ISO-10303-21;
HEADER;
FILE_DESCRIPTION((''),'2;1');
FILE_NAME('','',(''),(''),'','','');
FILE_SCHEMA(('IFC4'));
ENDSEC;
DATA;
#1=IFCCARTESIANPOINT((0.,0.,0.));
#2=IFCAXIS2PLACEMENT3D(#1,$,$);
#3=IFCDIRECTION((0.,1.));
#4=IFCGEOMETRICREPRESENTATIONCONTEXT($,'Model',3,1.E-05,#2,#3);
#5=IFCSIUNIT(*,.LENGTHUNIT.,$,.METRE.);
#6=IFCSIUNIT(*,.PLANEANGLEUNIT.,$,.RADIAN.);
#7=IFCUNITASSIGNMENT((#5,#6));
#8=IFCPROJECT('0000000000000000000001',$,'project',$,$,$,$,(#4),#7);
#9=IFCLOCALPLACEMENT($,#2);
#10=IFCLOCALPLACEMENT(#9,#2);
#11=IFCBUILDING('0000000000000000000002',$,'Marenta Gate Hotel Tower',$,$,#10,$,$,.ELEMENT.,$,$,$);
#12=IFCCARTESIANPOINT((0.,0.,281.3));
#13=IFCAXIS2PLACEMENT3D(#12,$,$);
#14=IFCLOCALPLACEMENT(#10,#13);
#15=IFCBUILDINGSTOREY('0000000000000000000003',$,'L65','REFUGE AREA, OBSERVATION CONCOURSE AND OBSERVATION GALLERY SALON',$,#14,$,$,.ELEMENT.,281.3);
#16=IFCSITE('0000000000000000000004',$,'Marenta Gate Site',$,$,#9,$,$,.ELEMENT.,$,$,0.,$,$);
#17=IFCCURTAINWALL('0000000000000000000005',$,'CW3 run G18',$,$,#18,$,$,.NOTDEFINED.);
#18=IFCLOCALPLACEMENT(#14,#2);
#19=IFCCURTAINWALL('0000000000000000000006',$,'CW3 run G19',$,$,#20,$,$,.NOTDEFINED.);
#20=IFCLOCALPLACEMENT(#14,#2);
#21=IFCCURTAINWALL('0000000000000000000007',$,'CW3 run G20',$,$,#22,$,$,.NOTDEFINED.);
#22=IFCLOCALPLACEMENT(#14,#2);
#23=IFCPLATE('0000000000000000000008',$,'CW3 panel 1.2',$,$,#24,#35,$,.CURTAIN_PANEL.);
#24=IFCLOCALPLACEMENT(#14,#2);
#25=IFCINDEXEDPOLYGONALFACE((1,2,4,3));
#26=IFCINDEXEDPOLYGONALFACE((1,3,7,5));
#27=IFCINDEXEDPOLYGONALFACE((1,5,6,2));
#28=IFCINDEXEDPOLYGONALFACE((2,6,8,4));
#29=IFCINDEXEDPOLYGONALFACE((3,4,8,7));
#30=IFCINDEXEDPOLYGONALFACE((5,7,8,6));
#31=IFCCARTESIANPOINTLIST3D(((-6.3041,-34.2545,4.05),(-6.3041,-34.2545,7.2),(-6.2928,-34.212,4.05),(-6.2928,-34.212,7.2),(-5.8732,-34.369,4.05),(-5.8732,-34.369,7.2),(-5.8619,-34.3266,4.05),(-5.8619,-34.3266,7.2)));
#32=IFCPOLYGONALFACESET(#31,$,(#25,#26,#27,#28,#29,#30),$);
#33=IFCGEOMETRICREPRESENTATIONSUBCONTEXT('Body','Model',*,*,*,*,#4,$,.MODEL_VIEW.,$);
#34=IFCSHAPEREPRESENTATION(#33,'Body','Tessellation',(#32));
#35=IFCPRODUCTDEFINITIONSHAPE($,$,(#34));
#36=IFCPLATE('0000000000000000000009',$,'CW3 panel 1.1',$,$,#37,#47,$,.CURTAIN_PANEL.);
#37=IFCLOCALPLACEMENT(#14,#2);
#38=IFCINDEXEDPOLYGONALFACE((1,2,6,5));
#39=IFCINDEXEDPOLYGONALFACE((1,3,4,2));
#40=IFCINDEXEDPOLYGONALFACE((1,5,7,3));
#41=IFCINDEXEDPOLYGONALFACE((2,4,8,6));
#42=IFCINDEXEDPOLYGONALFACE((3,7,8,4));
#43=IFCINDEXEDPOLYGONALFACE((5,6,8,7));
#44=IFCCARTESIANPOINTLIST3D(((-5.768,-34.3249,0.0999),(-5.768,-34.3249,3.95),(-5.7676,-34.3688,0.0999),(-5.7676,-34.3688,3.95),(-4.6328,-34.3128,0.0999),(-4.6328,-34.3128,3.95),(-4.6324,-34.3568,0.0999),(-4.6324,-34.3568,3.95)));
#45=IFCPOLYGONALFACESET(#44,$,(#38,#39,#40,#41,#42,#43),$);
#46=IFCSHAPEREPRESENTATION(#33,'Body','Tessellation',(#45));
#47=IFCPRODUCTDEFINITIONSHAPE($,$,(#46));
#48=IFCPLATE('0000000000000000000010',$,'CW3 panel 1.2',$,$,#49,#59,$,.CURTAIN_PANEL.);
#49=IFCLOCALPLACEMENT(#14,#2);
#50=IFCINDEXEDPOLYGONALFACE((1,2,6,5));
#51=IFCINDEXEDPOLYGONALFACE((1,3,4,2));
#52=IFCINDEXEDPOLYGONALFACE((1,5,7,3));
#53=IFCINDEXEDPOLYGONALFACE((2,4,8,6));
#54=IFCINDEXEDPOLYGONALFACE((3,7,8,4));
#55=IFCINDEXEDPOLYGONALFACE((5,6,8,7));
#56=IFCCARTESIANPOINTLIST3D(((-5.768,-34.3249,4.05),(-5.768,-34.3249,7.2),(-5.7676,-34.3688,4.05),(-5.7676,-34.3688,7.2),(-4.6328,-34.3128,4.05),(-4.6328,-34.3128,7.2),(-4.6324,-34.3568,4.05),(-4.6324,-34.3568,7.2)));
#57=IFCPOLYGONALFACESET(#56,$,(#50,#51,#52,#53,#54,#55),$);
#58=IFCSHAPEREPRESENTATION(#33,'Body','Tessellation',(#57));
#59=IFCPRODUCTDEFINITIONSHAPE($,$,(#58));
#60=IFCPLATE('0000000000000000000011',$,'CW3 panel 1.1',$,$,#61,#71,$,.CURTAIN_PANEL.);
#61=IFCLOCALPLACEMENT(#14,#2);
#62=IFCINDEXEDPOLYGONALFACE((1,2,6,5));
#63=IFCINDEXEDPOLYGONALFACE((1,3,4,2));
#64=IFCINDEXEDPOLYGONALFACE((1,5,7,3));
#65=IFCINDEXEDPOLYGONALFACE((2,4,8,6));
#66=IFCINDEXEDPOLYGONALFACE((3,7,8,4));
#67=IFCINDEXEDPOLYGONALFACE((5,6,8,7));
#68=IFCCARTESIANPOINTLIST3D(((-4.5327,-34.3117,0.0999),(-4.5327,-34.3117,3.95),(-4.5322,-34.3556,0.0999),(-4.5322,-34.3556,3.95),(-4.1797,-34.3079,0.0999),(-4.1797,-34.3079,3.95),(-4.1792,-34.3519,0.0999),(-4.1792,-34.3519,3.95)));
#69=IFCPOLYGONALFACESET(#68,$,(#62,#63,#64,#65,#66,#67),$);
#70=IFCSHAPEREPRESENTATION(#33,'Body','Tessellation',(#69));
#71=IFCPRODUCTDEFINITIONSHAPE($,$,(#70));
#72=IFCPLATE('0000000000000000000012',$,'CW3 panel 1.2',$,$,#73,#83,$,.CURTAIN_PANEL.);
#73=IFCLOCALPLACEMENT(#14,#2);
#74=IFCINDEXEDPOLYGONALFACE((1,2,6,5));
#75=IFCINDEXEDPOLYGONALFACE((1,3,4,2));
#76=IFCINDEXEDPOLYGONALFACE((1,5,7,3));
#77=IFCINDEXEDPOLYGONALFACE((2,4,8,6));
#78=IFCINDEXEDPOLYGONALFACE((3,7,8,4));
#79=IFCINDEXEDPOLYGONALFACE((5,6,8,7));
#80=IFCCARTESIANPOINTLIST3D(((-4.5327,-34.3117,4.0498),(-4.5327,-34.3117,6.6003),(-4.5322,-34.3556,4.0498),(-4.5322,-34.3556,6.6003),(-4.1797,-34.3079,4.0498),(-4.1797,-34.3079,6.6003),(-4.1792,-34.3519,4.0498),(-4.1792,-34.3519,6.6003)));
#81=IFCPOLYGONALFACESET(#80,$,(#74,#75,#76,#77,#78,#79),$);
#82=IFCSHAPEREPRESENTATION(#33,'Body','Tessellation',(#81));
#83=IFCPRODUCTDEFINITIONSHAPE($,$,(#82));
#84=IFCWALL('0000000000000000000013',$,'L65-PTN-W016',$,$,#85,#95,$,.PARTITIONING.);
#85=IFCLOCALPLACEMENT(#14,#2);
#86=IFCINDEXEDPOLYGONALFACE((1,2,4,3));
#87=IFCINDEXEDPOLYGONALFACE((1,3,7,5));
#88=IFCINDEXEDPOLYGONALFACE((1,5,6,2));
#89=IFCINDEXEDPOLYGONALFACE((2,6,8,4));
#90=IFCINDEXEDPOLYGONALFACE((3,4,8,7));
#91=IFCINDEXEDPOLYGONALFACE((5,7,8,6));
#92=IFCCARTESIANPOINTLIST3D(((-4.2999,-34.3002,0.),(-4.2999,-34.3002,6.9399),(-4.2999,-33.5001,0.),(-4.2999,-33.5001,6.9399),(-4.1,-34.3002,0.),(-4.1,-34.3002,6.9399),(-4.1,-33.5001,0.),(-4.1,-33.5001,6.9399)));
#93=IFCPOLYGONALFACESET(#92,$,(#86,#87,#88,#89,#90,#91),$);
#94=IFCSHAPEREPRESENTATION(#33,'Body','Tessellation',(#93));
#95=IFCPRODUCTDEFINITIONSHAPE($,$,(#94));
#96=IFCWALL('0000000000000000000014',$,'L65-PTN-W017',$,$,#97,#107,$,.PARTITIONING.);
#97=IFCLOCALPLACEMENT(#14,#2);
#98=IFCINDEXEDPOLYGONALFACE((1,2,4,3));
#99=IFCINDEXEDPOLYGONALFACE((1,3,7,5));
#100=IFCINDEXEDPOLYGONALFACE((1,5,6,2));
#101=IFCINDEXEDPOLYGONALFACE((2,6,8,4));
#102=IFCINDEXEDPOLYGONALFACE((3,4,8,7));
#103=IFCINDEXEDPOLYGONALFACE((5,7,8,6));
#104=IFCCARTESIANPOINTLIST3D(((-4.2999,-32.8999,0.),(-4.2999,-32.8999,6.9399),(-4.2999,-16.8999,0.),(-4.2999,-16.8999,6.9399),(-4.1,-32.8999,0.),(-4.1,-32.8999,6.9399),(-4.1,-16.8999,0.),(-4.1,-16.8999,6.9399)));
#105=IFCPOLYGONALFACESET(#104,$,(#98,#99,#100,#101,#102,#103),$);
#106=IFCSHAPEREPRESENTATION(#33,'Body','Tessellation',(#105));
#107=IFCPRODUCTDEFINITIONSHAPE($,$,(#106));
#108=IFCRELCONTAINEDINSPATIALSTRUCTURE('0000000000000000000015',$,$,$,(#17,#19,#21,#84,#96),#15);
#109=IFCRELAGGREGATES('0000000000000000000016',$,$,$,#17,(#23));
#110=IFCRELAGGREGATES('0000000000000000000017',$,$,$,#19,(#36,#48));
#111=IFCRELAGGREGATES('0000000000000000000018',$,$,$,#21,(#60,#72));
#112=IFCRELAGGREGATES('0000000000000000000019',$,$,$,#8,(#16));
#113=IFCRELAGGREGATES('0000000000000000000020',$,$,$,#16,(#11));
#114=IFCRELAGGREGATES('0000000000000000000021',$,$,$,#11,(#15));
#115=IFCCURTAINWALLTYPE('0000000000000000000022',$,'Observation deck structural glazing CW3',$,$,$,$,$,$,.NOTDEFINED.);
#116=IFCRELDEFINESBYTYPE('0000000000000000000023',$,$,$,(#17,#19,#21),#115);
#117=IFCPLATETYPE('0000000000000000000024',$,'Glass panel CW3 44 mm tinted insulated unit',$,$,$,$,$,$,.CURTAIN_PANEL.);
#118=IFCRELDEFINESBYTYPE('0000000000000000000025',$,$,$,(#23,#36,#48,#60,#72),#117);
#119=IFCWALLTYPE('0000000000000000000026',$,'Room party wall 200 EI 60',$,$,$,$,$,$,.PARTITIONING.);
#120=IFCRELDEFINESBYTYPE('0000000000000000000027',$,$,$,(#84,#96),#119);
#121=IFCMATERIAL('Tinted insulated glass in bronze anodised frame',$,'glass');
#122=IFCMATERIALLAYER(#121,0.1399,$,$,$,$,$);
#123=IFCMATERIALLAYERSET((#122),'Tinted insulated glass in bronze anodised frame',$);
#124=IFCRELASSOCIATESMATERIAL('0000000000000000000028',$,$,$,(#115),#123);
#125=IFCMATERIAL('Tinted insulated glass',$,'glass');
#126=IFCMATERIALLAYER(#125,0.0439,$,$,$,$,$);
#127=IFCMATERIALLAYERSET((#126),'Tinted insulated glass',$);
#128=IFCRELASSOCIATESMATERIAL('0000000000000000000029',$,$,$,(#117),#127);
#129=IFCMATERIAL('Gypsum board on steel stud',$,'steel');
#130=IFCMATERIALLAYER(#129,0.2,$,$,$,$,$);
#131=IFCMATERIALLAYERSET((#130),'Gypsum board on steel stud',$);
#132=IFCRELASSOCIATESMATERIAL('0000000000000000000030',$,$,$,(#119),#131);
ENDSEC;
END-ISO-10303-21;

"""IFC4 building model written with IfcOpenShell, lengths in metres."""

from ifc_helpers import new_model, si_unit, direction, frame, frame_2d, origin, origin_2d, place, context, subcontext, project, spatial, rectangle, extrude, material, layer, layer_set, type_object, element, aggregate, save


model = new_model("IFC4")

# Units and contexts
model_context = context("Model", 3, precision=1e-05, world=origin(), true_north=direction((0.0, 1.0)))
body_context = subcontext(model_context, "Body", "Model", "MODEL_VIEW")
ifc_project = project(units=[si_unit("LENGTHUNIT", "METRE"), si_unit("PLANEANGLEUNIT", "RADIAN")], contexts=[model_context])

# Site, building, storey
site_placement = place(None, origin())
site = spatial("IfcSite", under=ifc_project, at=site_placement, Name="Marenta Gate Site", CompositionType="ELEMENT", RefElevation=0.0)
building_placement = place(site_placement, origin())
building = spatial("IfcBuilding", under=site, at=building_placement, Name="Marenta Gate Hotel Tower", CompositionType="ELEMENT")
storey_placement = place(building_placement, frame((0.0, 0.0, 281.3)))
storey = spatial("IfcBuildingStorey", under=building, at=storey_placement, Name="L65", Description="REFUGE AREA, OBSERVATION CONCOURSE AND OBSERVATION GALLERY SALON", CompositionType="ELEMENT", Elevation=281.3)

# Curtain walls
ifc_material_1 = material(Name="Tinted insulated glass in bronze anodised frame", Category="glass")
ifc_layer_1 = layer(ifc_material_1, 0.1399)
ifc_layer_set_1 = layer_set([ifc_layer_1], Name="Tinted insulated glass in bronze anodised frame")
curtain_wall_type = type_object("IfcCurtainWallType", Name="Observation deck structural glazing CW3", PredefinedType="NOTDEFINED", material=ifc_layer_set_1)
curtain_wall_1_placement = place(storey_placement, origin())
curtain_wall_1 = element("IfcCurtainWall", 1, at=curtain_wall_1_placement, inside=storey, type_object=curtain_wall_type, Name="CW3 run G18", PredefinedType="NOTDEFINED")
curtain_wall_2_placement = place(storey_placement, origin())
curtain_wall_2 = element("IfcCurtainWall", 2, at=curtain_wall_2_placement, inside=storey, type_object=curtain_wall_type, Name="CW3 run G19", PredefinedType="NOTDEFINED")
curtain_wall_3_placement = place(storey_placement, origin())
curtain_wall_3 = element("IfcCurtainWall", 3, at=curtain_wall_3_placement, inside=storey, type_object=curtain_wall_type, Name="CW3 run G20", PredefinedType="NOTDEFINED")

# Plates
ifc_material_2 = material(Name="Tinted insulated glass", Category="glass")
ifc_layer_2 = layer(ifc_material_2, 0.0439)
ifc_layer_set_2 = layer_set([ifc_layer_2], Name="Tinted insulated glass")
plate_type = type_object("IfcPlateType", Name="Glass panel CW3 44 mm tinted insulated unit", PredefinedType="CURTAIN_PANEL", material=ifc_layer_set_2)
plate_1_placement = place(storey_placement, frame((-6.083, -34.2905, 4.05), z_axis=(0.0, 0.0, 1.0), x_axis=(0.966414, -0.25699, 0.0)))
plate_1 = element("IfcPlate", 4, at=plate_1_placement, type_object=plate_type, Name="CW3 panel 1.2", PredefinedType="CURTAIN_PANEL", context=body_context, shape_type="SweptSolid", body=[
    extrude(rectangle(XDim=0.4458, YDim=0.0439, at=origin_2d()), origin(), (0.0, 0.0, 1.0), 3.1499),
])
aggregate(curtain_wall_1, [plate_1])
plate_2_placement = place(storey_placement, frame((-5.2002, -34.3408, 0.0999), z_axis=(0.0, 0.0, 1.0), x_axis=(0.999944, 0.010606, 0.0)))
plate_2 = element("IfcPlate", 5, at=plate_2_placement, type_object=plate_type, Name="CW3 panel 1.1", PredefinedType="CURTAIN_PANEL", context=body_context, shape_type="SweptSolid", body=[
    extrude(rectangle(XDim=1.1353, YDim=0.0439, at=origin_2d()), origin(), (0.0, 0.0, 1.0), 3.8501),
])
plate_3_placement = place(storey_placement, frame((-5.2002, -34.3408, 4.05), z_axis=(0.0, 0.0, 1.0), x_axis=(0.999944, 0.010606, 0.0)))
plate_3 = element("IfcPlate", 6, at=plate_3_placement, type_object=plate_type, Name="CW3 panel 1.2", PredefinedType="CURTAIN_PANEL", context=body_context, shape_type="SweptSolid", body=[
    extrude(rectangle(XDim=1.1353, YDim=0.0439, at=origin_2d()), origin(), (0.0, 0.0, 1.0), 3.1499),
])
aggregate(curtain_wall_2, [plate_2, plate_3])
plate_4_placement = place(storey_placement, frame((-4.356, -34.3318, 0.0999), z_axis=(0.0, 0.0, 1.0), x_axis=(0.999944, 0.010595, 0.0)))
plate_4 = element("IfcPlate", 7, at=plate_4_placement, type_object=plate_type, Name="CW3 panel 1.1", PredefinedType="CURTAIN_PANEL", context=body_context, shape_type="SweptSolid", body=[
    extrude(rectangle(XDim=0.353, YDim=0.0439, at=origin_2d()), origin(), (0.0, 0.0, 1.0), 3.8501),
])
plate_5_placement = place(storey_placement, frame((-4.356, -34.3318, 4.0498), z_axis=(0.0, 0.0, 1.0), x_axis=(0.999944, 0.010595, 0.0)))
plate_5 = element("IfcPlate", 8, at=plate_5_placement, type_object=plate_type, Name="CW3 panel 1.2", PredefinedType="CURTAIN_PANEL", context=body_context, shape_type="SweptSolid", body=[
    extrude(rectangle(XDim=0.353, YDim=0.0439, at=origin_2d()), origin(), (0.0, 0.0, 1.0), 2.5505),
])
aggregate(curtain_wall_3, [plate_4, plate_5])

# Walls
ifc_material_3 = material(Name="Gypsum board on steel stud", Category="steel")
ifc_layer_3 = layer(ifc_material_3, 0.2)
ifc_layer_set_3 = layer_set([ifc_layer_3], Name="Gypsum board on steel stud")
wall_type = type_object("IfcWallType", Name="Room party wall 200 EI 60", PredefinedType="PARTITIONING", material=ifc_layer_set_3)
wall_1_placement = place(storey_placement, frame((-4.2, -34.3, 0.0), z_axis=(0.0, 0.0, 1.0), x_axis=(0.0, 1.0, 0.0)))
element("IfcWall", 9, at=wall_1_placement, inside=storey, type_object=wall_type, Name="L65-PTN-W016", PredefinedType="PARTITIONING", context=body_context, shape_type="SweptSolid", body=[
    extrude(rectangle(XDim=0.8, YDim=0.2, at=frame_2d((0.3999, 0.0))), origin(), (0.0, 0.0, 1.0), 6.9399),
])
wall_2_placement = place(storey_placement, frame((-4.2, -32.8999, 0.0), z_axis=(0.0, 0.0, 1.0), x_axis=(0.0, 1.0, 0.0)))
element("IfcWall", 10, at=wall_2_placement, inside=storey, type_object=wall_type, Name="L65-PTN-W017", PredefinedType="PARTITIONING", context=body_context, shape_type="SweptSolid", body=[
    extrude(rectangle(XDim=16.0, YDim=0.2, at=frame_2d((8.0, 0.0))), origin(), (0.0, 0.0, 1.0), 6.9399),
])

save(model, "model.ifc")
